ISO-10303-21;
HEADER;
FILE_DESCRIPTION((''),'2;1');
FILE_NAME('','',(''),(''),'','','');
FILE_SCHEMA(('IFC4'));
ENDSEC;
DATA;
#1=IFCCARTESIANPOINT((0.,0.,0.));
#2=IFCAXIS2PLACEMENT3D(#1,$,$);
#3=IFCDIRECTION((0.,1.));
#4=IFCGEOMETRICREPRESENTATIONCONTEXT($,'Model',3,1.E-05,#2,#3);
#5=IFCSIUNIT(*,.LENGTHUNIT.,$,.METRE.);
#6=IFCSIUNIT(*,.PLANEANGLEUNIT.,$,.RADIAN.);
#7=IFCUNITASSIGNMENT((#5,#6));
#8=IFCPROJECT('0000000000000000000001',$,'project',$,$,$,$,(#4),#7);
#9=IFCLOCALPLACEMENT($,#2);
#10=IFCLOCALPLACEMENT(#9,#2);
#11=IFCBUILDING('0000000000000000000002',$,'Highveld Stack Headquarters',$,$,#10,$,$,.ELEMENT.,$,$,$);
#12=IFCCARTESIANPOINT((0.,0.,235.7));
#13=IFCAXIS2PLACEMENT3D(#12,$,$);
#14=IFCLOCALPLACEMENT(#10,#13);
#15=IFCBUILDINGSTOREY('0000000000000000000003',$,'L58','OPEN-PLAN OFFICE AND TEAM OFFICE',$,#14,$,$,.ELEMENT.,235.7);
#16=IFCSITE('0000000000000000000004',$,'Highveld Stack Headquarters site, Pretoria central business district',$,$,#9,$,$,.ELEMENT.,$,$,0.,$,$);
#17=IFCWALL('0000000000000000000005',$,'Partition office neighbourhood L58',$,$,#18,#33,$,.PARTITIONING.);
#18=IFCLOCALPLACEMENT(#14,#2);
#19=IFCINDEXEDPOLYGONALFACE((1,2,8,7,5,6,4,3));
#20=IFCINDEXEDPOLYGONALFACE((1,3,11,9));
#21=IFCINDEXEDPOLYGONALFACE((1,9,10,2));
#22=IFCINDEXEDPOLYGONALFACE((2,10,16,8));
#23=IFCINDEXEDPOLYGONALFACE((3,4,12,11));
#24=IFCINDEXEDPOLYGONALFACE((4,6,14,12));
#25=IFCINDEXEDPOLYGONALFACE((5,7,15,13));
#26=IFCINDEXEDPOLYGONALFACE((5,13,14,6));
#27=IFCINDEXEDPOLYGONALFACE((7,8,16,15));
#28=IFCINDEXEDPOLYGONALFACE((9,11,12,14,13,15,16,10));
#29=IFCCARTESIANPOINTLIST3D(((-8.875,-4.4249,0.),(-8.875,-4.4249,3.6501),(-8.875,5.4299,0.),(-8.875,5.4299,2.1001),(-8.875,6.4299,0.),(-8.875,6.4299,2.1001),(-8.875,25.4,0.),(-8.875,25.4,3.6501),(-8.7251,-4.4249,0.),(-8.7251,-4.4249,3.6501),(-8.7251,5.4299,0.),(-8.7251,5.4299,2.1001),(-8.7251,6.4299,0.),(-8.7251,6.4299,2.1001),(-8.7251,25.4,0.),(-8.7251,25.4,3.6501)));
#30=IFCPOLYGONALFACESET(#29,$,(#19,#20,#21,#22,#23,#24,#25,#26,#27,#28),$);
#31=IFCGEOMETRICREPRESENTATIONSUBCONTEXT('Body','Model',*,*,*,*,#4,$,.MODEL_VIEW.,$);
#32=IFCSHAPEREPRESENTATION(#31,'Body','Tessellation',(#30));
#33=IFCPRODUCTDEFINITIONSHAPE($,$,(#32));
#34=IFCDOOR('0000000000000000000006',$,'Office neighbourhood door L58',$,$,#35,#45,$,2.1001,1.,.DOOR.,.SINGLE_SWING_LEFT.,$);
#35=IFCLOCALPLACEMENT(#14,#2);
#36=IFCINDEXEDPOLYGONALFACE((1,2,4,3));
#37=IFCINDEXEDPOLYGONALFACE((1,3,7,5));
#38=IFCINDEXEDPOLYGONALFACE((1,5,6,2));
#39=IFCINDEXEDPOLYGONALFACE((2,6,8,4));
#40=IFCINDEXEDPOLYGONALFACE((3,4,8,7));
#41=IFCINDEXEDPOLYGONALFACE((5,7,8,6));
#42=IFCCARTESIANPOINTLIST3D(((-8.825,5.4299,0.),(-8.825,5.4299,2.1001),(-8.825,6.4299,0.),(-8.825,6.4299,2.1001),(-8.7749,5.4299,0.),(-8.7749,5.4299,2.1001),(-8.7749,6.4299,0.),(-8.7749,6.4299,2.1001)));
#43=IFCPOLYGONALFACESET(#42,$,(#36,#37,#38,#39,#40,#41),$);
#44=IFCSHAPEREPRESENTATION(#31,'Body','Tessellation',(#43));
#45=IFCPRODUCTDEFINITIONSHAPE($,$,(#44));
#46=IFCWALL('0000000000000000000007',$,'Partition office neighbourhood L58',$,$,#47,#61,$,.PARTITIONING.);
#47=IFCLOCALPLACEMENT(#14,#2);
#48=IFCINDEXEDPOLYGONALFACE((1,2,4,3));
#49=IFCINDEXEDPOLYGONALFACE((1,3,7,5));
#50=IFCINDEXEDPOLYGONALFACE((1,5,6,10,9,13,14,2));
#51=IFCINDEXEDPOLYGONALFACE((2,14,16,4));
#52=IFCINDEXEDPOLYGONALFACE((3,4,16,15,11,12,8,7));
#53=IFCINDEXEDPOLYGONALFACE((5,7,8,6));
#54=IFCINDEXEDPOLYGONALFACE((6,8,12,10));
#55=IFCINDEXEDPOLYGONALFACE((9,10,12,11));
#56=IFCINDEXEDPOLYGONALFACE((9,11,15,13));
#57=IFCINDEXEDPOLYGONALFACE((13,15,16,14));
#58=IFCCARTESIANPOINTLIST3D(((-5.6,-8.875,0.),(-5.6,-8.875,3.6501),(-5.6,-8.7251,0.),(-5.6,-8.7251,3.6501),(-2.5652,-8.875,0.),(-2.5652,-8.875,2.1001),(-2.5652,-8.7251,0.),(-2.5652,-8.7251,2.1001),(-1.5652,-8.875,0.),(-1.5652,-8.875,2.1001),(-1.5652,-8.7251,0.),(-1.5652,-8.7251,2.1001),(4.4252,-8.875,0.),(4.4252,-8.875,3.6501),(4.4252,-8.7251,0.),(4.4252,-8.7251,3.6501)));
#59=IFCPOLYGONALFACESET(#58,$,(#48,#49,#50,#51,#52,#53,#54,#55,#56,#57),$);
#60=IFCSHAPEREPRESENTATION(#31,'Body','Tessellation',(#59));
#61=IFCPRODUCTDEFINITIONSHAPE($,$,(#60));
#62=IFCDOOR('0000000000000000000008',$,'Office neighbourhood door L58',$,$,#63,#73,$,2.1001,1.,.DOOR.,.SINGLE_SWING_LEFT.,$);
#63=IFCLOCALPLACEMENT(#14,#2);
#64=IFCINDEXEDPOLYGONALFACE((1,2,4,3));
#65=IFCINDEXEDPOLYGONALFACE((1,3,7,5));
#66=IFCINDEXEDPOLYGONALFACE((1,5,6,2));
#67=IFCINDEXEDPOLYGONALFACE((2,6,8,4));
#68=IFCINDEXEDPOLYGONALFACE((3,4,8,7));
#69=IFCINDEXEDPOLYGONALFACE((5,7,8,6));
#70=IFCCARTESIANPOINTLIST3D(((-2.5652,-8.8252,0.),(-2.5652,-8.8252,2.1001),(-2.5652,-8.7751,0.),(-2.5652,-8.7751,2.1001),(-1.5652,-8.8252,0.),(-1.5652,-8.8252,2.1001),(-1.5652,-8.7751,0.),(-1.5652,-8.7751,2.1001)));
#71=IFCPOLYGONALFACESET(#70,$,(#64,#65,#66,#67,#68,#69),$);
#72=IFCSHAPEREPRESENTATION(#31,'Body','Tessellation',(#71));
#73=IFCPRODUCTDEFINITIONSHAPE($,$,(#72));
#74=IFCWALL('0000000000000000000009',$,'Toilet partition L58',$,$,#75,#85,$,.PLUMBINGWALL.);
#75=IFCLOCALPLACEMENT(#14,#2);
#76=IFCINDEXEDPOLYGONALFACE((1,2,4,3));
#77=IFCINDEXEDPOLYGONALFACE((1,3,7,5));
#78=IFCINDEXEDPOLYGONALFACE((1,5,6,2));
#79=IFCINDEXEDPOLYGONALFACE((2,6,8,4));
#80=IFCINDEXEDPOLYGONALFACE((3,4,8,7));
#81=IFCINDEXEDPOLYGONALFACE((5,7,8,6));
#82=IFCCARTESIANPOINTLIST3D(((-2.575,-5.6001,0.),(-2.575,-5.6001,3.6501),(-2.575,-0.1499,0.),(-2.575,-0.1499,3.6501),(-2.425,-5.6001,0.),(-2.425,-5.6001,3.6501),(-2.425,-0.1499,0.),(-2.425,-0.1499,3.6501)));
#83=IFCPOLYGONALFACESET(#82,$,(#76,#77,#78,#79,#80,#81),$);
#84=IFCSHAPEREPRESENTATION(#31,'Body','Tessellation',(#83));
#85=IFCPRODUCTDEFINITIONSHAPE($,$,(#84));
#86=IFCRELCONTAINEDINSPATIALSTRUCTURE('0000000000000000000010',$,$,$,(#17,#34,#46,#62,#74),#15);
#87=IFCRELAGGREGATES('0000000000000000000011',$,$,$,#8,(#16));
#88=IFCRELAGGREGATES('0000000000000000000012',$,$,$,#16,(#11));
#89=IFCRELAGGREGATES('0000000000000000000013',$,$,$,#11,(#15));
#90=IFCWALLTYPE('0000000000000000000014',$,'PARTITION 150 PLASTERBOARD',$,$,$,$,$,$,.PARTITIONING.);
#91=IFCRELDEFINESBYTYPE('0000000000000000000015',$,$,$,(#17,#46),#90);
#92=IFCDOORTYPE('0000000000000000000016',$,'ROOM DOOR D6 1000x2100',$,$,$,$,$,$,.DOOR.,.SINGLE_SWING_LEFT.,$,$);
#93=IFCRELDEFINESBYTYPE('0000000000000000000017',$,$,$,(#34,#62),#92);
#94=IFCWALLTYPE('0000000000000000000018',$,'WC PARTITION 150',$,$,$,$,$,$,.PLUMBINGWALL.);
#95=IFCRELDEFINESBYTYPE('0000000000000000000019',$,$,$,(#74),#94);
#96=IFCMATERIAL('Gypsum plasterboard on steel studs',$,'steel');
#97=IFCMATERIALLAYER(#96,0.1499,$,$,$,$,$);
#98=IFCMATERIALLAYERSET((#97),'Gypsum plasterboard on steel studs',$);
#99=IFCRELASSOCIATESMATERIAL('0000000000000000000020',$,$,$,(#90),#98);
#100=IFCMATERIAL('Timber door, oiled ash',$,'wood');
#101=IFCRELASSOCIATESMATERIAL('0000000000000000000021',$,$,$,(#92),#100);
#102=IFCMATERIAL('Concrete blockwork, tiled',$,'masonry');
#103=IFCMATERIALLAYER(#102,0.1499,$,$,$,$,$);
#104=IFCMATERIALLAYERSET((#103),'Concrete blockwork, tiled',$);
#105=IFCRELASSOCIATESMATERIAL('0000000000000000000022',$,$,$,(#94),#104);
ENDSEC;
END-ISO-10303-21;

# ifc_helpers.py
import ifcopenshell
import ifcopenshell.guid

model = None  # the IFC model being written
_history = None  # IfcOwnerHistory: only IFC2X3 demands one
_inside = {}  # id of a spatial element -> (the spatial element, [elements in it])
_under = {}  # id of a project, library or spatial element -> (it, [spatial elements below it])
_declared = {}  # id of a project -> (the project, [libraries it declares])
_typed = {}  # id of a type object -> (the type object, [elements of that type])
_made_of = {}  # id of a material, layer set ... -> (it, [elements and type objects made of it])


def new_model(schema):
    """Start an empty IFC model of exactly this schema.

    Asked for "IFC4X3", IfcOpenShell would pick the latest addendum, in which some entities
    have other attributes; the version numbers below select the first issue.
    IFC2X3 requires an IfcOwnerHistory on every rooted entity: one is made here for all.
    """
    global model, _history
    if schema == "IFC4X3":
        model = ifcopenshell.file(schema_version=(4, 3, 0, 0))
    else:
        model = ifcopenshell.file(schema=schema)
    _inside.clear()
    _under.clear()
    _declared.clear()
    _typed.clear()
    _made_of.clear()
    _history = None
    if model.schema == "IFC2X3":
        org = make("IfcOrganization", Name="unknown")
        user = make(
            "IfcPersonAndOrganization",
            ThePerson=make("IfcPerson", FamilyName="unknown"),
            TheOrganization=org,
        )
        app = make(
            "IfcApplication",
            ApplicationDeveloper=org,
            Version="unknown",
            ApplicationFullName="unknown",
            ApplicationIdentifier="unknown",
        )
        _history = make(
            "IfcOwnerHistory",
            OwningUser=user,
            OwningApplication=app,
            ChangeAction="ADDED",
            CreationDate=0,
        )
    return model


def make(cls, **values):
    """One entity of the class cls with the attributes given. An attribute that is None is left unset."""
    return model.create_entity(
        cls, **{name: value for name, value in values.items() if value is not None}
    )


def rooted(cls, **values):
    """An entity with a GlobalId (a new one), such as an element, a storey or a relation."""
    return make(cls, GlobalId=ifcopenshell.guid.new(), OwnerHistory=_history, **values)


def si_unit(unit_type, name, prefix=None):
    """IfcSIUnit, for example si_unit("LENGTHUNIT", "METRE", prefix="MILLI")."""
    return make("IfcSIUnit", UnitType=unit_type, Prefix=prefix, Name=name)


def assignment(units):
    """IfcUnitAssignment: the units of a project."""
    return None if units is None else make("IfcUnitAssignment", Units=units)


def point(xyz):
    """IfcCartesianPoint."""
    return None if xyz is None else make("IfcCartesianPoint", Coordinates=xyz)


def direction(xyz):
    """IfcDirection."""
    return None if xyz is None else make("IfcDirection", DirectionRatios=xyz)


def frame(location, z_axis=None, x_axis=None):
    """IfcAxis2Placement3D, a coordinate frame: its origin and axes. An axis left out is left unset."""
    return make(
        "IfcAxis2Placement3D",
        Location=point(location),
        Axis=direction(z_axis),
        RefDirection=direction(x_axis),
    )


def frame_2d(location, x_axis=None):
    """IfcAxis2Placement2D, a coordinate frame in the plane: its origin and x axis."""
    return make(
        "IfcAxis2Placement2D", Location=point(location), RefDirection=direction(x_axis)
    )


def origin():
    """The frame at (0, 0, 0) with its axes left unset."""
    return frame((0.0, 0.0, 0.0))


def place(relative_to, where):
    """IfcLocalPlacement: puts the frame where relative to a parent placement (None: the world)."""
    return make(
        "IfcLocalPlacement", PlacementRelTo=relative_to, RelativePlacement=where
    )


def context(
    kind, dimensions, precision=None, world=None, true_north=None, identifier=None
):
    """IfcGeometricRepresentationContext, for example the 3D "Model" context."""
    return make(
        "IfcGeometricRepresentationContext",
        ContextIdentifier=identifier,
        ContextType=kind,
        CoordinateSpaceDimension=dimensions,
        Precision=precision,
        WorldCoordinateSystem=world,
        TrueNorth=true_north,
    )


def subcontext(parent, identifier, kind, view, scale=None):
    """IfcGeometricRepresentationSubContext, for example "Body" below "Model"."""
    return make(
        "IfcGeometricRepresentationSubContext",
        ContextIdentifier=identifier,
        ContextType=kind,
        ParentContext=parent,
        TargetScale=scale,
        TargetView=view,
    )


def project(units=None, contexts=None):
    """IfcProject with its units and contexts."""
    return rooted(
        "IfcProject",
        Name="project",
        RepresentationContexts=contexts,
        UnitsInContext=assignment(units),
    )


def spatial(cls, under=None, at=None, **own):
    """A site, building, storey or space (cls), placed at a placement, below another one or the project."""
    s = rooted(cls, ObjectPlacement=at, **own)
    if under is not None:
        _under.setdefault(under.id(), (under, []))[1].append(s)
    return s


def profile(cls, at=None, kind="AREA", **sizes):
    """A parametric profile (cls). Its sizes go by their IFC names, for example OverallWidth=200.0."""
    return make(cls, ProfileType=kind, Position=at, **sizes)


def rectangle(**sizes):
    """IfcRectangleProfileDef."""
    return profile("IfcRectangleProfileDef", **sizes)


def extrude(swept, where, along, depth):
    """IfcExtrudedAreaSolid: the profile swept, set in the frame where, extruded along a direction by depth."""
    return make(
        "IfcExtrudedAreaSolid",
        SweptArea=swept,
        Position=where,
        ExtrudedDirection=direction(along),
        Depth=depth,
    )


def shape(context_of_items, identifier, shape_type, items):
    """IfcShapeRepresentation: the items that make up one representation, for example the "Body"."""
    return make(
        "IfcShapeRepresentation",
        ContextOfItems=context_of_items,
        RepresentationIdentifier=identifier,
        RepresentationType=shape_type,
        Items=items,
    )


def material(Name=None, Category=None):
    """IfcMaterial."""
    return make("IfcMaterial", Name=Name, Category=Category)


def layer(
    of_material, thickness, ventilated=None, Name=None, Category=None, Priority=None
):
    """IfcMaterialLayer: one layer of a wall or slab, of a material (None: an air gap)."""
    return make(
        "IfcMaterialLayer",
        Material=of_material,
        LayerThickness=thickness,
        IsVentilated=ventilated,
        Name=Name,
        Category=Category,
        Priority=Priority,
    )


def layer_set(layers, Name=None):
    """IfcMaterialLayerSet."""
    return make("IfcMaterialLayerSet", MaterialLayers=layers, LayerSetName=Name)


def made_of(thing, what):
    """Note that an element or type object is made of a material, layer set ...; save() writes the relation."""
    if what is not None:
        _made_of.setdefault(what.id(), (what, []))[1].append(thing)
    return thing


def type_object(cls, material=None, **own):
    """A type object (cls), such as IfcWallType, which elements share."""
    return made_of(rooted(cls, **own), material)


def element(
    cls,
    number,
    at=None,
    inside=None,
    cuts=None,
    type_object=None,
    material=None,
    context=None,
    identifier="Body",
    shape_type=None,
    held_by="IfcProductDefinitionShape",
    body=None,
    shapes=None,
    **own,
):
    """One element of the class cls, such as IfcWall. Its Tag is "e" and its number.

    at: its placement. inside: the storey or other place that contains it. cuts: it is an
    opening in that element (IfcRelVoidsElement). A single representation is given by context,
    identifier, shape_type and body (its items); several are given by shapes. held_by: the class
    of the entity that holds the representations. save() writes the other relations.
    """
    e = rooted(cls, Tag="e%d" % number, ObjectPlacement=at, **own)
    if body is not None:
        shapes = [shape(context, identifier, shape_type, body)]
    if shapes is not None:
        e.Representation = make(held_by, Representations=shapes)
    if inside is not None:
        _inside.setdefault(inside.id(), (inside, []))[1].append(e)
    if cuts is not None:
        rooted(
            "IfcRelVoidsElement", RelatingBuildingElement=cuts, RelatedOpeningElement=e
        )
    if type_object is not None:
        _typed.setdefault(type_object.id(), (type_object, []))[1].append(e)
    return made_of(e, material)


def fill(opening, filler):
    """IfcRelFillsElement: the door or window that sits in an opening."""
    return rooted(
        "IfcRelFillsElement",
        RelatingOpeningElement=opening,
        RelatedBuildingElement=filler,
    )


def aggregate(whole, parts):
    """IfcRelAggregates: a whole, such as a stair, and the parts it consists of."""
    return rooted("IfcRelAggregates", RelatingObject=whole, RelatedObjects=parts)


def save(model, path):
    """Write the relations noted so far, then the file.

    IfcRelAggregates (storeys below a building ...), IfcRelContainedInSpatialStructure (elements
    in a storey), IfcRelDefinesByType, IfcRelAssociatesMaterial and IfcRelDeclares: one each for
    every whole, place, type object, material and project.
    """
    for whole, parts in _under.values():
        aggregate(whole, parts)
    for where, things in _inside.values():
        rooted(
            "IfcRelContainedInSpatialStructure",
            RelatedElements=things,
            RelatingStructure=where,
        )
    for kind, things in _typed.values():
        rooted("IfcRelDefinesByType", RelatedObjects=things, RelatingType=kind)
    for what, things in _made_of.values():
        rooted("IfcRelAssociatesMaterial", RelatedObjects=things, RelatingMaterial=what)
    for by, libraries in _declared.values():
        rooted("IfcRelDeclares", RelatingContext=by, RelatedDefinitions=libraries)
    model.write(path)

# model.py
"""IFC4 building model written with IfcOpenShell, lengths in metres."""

from ifc_helpers import new_model, si_unit, direction, frame, frame_2d, origin, place, context, subcontext, project, spatial, rectangle, extrude, material, layer, layer_set, type_object, element, fill, save


model = new_model("IFC4")

# Units and contexts
model_context = context("Model", 3, precision=1e-05, world=origin(), true_north=direction((0.0, 1.0)))
body_context = subcontext(model_context, "Body", "Model", "MODEL_VIEW")
ifc_project = project(units=[si_unit("LENGTHUNIT", "METRE"), si_unit("PLANEANGLEUNIT", "RADIAN")], contexts=[model_context])

# Site, building, storey
site_placement = place(None, origin())
site = spatial("IfcSite", under=ifc_project, at=site_placement, Name="Highveld Stack Headquarters site, Pretoria central business district", CompositionType="ELEMENT", RefElevation=0.0)
building_placement = place(site_placement, origin())
building = spatial("IfcBuilding", under=site, at=building_placement, Name="Highveld Stack Headquarters", CompositionType="ELEMENT")
storey_placement = place(building_placement, frame((0.0, 0.0, 235.7)))
storey = spatial("IfcBuildingStorey", under=building, at=storey_placement, Name="L58", Description="OPEN-PLAN OFFICE AND TEAM OFFICE", CompositionType="ELEMENT", Elevation=235.7)

# Shared definitions
ifc_material_1 = material(Name="Gypsum plasterboard on steel studs", Category="steel")
ifc_layer_1 = layer(ifc_material_1, 0.1499)
ifc_layer_set_1 = layer_set([ifc_layer_1], Name="Gypsum plasterboard on steel studs")
wall_type_1 = type_object("IfcWallType", Name="PARTITION 150 PLASTERBOARD", PredefinedType="PARTITIONING", material=ifc_layer_set_1)

# Walls, openings, doors
wall_1_placement = place(storey_placement, frame((-8.8, -4.425, 0.0), z_axis=(0.0, 0.0, 1.0), x_axis=(0.0, 1.0, 0.0)))
wall_1 = element("IfcWall", 1, at=wall_1_placement, inside=storey, type_object=wall_type_1, Name="Partition office neighbourhood L58", PredefinedType="PARTITIONING", context=body_context, shape_type="SweptSolid", body=[
    extrude(rectangle(XDim=29.825, YDim=0.1499, at=frame_2d((14.9126, 0.0))), origin(), (0.0, 0.0, 1.0), 3.6501),
])
opening_1_placement = place(wall_1_placement, frame((9.855, 0.0, 0.0)))
opening_1 = element("IfcOpeningElement", 2, at=opening_1_placement, cuts=wall_1, PredefinedType="OPENING", context=body_context, shape_type="SweptSolid", body=[
    extrude(rectangle(XDim=1.0, YDim=2.1001, at=frame_2d((0.5, 1.05))), frame((0.0, 0.085, 0.0), z_axis=(0.0, -1.0, 0.0), x_axis=(1.0, 0.0, 0.0)), (0.0, 0.0, 1.0), 0.1699),
])
ifc_material_2 = material(Name="Timber door, oiled ash", Category="wood")
door_type_1 = type_object("IfcDoorType", Name="ROOM DOOR D6 1000x2100", OperationType="SINGLE_SWING_LEFT", PredefinedType="DOOR", material=ifc_material_2)
door_1_placement = place(opening_1_placement, origin())
door_1 = element("IfcDoor", 3, at=door_1_placement, inside=storey, type_object=door_type_1, Name="Office neighbourhood door L58", OperationType="SINGLE_SWING_LEFT", OverallHeight=2.1001, OverallWidth=1.0, PredefinedType="DOOR", context=body_context, shape_type="SweptSolid", body=[
    extrude(rectangle(XDim=1.0, YDim=2.1001, at=frame_2d((0.5, 1.05))), frame((0.0, 0.0249, 0.0), z_axis=(0.0, -1.0, 0.0), x_axis=(1.0, 0.0, 0.0)), (0.0, 0.0, 1.0), 0.05),
])
fill(opening_1, door_1)
wall_2_placement = place(storey_placement, frame((-5.6001, -8.8, 0.0), z_axis=(0.0, 0.0, 1.0), x_axis=(1.0, 0.0, 0.0)))
wall_2 = element("IfcWall", 4, at=wall_2_placement, inside=storey, type_object=wall_type_1, Name="Partition office neighbourhood L58", PredefinedType="PARTITIONING", context=body_context, shape_type="SweptSolid", body=[
    extrude(rectangle(XDim=10.0251, YDim=0.1499, at=frame_2d((5.0127, 0.0))), origin(), (0.0, 0.0, 1.0), 3.6501),
])
opening_2_placement = place(wall_2_placement, frame((3.0349, 0.0, 0.0)))
opening_2 = element("IfcOpeningElement", 5, at=opening_2_placement, cuts=wall_2, PredefinedType="OPENING", context=body_context, shape_type="SweptSolid", body=[
    extrude(rectangle(XDim=1.0, YDim=2.1001, at=frame_2d((0.5, 1.05))), frame((0.0, 0.085, 0.0), z_axis=(0.0, -1.0, 0.0), x_axis=(1.0, 0.0, 0.0)), (0.0, 0.0, 1.0), 0.1699),
])
door_2_placement = place(opening_2_placement, origin())
door_2 = element("IfcDoor", 6, at=door_2_placement, inside=storey, type_object=door_type_1, Name="Office neighbourhood door L58", OperationType="SINGLE_SWING_LEFT", OverallHeight=2.1001, OverallWidth=1.0, PredefinedType="DOOR", context=body_context, shape_type="SweptSolid", body=[
    extrude(rectangle(XDim=1.0, YDim=2.1001, at=frame_2d((0.5, 1.05))), frame((0.0, 0.0249, 0.0), z_axis=(0.0, -1.0, 0.0), x_axis=(1.0, 0.0, 0.0)), (0.0, 0.0, 1.0), 0.05),
])
fill(opening_2, door_2)

# Wall
ifc_material_3 = material(Name="Concrete blockwork, tiled", Category="masonry")
ifc_layer_2 = layer(ifc_material_3, 0.1499)
ifc_layer_set_2 = layer_set([ifc_layer_2], Name="Concrete blockwork, tiled")
wall_type_2 = type_object("IfcWallType", Name="WC PARTITION 150", PredefinedType="PLUMBINGWALL", material=ifc_layer_set_2)
wall_3_placement = place(storey_placement, frame((-2.5, -5.6001, 0.0), z_axis=(0.0, 0.0, 1.0), x_axis=(0.0, 1.0, 0.0)))
element("IfcWall", 7, at=wall_3_placement, inside=storey, type_object=wall_type_2, Name="Toilet partition L58", PredefinedType="PLUMBINGWALL", context=body_context, shape_type="SweptSolid", body=[
    extrude(rectangle(XDim=5.4502, YDim=0.1499, at=frame_2d((2.7251, 0.0))), origin(), (0.0, 0.0, 1.0), 3.6501),
])

save(model, "model.ifc")
